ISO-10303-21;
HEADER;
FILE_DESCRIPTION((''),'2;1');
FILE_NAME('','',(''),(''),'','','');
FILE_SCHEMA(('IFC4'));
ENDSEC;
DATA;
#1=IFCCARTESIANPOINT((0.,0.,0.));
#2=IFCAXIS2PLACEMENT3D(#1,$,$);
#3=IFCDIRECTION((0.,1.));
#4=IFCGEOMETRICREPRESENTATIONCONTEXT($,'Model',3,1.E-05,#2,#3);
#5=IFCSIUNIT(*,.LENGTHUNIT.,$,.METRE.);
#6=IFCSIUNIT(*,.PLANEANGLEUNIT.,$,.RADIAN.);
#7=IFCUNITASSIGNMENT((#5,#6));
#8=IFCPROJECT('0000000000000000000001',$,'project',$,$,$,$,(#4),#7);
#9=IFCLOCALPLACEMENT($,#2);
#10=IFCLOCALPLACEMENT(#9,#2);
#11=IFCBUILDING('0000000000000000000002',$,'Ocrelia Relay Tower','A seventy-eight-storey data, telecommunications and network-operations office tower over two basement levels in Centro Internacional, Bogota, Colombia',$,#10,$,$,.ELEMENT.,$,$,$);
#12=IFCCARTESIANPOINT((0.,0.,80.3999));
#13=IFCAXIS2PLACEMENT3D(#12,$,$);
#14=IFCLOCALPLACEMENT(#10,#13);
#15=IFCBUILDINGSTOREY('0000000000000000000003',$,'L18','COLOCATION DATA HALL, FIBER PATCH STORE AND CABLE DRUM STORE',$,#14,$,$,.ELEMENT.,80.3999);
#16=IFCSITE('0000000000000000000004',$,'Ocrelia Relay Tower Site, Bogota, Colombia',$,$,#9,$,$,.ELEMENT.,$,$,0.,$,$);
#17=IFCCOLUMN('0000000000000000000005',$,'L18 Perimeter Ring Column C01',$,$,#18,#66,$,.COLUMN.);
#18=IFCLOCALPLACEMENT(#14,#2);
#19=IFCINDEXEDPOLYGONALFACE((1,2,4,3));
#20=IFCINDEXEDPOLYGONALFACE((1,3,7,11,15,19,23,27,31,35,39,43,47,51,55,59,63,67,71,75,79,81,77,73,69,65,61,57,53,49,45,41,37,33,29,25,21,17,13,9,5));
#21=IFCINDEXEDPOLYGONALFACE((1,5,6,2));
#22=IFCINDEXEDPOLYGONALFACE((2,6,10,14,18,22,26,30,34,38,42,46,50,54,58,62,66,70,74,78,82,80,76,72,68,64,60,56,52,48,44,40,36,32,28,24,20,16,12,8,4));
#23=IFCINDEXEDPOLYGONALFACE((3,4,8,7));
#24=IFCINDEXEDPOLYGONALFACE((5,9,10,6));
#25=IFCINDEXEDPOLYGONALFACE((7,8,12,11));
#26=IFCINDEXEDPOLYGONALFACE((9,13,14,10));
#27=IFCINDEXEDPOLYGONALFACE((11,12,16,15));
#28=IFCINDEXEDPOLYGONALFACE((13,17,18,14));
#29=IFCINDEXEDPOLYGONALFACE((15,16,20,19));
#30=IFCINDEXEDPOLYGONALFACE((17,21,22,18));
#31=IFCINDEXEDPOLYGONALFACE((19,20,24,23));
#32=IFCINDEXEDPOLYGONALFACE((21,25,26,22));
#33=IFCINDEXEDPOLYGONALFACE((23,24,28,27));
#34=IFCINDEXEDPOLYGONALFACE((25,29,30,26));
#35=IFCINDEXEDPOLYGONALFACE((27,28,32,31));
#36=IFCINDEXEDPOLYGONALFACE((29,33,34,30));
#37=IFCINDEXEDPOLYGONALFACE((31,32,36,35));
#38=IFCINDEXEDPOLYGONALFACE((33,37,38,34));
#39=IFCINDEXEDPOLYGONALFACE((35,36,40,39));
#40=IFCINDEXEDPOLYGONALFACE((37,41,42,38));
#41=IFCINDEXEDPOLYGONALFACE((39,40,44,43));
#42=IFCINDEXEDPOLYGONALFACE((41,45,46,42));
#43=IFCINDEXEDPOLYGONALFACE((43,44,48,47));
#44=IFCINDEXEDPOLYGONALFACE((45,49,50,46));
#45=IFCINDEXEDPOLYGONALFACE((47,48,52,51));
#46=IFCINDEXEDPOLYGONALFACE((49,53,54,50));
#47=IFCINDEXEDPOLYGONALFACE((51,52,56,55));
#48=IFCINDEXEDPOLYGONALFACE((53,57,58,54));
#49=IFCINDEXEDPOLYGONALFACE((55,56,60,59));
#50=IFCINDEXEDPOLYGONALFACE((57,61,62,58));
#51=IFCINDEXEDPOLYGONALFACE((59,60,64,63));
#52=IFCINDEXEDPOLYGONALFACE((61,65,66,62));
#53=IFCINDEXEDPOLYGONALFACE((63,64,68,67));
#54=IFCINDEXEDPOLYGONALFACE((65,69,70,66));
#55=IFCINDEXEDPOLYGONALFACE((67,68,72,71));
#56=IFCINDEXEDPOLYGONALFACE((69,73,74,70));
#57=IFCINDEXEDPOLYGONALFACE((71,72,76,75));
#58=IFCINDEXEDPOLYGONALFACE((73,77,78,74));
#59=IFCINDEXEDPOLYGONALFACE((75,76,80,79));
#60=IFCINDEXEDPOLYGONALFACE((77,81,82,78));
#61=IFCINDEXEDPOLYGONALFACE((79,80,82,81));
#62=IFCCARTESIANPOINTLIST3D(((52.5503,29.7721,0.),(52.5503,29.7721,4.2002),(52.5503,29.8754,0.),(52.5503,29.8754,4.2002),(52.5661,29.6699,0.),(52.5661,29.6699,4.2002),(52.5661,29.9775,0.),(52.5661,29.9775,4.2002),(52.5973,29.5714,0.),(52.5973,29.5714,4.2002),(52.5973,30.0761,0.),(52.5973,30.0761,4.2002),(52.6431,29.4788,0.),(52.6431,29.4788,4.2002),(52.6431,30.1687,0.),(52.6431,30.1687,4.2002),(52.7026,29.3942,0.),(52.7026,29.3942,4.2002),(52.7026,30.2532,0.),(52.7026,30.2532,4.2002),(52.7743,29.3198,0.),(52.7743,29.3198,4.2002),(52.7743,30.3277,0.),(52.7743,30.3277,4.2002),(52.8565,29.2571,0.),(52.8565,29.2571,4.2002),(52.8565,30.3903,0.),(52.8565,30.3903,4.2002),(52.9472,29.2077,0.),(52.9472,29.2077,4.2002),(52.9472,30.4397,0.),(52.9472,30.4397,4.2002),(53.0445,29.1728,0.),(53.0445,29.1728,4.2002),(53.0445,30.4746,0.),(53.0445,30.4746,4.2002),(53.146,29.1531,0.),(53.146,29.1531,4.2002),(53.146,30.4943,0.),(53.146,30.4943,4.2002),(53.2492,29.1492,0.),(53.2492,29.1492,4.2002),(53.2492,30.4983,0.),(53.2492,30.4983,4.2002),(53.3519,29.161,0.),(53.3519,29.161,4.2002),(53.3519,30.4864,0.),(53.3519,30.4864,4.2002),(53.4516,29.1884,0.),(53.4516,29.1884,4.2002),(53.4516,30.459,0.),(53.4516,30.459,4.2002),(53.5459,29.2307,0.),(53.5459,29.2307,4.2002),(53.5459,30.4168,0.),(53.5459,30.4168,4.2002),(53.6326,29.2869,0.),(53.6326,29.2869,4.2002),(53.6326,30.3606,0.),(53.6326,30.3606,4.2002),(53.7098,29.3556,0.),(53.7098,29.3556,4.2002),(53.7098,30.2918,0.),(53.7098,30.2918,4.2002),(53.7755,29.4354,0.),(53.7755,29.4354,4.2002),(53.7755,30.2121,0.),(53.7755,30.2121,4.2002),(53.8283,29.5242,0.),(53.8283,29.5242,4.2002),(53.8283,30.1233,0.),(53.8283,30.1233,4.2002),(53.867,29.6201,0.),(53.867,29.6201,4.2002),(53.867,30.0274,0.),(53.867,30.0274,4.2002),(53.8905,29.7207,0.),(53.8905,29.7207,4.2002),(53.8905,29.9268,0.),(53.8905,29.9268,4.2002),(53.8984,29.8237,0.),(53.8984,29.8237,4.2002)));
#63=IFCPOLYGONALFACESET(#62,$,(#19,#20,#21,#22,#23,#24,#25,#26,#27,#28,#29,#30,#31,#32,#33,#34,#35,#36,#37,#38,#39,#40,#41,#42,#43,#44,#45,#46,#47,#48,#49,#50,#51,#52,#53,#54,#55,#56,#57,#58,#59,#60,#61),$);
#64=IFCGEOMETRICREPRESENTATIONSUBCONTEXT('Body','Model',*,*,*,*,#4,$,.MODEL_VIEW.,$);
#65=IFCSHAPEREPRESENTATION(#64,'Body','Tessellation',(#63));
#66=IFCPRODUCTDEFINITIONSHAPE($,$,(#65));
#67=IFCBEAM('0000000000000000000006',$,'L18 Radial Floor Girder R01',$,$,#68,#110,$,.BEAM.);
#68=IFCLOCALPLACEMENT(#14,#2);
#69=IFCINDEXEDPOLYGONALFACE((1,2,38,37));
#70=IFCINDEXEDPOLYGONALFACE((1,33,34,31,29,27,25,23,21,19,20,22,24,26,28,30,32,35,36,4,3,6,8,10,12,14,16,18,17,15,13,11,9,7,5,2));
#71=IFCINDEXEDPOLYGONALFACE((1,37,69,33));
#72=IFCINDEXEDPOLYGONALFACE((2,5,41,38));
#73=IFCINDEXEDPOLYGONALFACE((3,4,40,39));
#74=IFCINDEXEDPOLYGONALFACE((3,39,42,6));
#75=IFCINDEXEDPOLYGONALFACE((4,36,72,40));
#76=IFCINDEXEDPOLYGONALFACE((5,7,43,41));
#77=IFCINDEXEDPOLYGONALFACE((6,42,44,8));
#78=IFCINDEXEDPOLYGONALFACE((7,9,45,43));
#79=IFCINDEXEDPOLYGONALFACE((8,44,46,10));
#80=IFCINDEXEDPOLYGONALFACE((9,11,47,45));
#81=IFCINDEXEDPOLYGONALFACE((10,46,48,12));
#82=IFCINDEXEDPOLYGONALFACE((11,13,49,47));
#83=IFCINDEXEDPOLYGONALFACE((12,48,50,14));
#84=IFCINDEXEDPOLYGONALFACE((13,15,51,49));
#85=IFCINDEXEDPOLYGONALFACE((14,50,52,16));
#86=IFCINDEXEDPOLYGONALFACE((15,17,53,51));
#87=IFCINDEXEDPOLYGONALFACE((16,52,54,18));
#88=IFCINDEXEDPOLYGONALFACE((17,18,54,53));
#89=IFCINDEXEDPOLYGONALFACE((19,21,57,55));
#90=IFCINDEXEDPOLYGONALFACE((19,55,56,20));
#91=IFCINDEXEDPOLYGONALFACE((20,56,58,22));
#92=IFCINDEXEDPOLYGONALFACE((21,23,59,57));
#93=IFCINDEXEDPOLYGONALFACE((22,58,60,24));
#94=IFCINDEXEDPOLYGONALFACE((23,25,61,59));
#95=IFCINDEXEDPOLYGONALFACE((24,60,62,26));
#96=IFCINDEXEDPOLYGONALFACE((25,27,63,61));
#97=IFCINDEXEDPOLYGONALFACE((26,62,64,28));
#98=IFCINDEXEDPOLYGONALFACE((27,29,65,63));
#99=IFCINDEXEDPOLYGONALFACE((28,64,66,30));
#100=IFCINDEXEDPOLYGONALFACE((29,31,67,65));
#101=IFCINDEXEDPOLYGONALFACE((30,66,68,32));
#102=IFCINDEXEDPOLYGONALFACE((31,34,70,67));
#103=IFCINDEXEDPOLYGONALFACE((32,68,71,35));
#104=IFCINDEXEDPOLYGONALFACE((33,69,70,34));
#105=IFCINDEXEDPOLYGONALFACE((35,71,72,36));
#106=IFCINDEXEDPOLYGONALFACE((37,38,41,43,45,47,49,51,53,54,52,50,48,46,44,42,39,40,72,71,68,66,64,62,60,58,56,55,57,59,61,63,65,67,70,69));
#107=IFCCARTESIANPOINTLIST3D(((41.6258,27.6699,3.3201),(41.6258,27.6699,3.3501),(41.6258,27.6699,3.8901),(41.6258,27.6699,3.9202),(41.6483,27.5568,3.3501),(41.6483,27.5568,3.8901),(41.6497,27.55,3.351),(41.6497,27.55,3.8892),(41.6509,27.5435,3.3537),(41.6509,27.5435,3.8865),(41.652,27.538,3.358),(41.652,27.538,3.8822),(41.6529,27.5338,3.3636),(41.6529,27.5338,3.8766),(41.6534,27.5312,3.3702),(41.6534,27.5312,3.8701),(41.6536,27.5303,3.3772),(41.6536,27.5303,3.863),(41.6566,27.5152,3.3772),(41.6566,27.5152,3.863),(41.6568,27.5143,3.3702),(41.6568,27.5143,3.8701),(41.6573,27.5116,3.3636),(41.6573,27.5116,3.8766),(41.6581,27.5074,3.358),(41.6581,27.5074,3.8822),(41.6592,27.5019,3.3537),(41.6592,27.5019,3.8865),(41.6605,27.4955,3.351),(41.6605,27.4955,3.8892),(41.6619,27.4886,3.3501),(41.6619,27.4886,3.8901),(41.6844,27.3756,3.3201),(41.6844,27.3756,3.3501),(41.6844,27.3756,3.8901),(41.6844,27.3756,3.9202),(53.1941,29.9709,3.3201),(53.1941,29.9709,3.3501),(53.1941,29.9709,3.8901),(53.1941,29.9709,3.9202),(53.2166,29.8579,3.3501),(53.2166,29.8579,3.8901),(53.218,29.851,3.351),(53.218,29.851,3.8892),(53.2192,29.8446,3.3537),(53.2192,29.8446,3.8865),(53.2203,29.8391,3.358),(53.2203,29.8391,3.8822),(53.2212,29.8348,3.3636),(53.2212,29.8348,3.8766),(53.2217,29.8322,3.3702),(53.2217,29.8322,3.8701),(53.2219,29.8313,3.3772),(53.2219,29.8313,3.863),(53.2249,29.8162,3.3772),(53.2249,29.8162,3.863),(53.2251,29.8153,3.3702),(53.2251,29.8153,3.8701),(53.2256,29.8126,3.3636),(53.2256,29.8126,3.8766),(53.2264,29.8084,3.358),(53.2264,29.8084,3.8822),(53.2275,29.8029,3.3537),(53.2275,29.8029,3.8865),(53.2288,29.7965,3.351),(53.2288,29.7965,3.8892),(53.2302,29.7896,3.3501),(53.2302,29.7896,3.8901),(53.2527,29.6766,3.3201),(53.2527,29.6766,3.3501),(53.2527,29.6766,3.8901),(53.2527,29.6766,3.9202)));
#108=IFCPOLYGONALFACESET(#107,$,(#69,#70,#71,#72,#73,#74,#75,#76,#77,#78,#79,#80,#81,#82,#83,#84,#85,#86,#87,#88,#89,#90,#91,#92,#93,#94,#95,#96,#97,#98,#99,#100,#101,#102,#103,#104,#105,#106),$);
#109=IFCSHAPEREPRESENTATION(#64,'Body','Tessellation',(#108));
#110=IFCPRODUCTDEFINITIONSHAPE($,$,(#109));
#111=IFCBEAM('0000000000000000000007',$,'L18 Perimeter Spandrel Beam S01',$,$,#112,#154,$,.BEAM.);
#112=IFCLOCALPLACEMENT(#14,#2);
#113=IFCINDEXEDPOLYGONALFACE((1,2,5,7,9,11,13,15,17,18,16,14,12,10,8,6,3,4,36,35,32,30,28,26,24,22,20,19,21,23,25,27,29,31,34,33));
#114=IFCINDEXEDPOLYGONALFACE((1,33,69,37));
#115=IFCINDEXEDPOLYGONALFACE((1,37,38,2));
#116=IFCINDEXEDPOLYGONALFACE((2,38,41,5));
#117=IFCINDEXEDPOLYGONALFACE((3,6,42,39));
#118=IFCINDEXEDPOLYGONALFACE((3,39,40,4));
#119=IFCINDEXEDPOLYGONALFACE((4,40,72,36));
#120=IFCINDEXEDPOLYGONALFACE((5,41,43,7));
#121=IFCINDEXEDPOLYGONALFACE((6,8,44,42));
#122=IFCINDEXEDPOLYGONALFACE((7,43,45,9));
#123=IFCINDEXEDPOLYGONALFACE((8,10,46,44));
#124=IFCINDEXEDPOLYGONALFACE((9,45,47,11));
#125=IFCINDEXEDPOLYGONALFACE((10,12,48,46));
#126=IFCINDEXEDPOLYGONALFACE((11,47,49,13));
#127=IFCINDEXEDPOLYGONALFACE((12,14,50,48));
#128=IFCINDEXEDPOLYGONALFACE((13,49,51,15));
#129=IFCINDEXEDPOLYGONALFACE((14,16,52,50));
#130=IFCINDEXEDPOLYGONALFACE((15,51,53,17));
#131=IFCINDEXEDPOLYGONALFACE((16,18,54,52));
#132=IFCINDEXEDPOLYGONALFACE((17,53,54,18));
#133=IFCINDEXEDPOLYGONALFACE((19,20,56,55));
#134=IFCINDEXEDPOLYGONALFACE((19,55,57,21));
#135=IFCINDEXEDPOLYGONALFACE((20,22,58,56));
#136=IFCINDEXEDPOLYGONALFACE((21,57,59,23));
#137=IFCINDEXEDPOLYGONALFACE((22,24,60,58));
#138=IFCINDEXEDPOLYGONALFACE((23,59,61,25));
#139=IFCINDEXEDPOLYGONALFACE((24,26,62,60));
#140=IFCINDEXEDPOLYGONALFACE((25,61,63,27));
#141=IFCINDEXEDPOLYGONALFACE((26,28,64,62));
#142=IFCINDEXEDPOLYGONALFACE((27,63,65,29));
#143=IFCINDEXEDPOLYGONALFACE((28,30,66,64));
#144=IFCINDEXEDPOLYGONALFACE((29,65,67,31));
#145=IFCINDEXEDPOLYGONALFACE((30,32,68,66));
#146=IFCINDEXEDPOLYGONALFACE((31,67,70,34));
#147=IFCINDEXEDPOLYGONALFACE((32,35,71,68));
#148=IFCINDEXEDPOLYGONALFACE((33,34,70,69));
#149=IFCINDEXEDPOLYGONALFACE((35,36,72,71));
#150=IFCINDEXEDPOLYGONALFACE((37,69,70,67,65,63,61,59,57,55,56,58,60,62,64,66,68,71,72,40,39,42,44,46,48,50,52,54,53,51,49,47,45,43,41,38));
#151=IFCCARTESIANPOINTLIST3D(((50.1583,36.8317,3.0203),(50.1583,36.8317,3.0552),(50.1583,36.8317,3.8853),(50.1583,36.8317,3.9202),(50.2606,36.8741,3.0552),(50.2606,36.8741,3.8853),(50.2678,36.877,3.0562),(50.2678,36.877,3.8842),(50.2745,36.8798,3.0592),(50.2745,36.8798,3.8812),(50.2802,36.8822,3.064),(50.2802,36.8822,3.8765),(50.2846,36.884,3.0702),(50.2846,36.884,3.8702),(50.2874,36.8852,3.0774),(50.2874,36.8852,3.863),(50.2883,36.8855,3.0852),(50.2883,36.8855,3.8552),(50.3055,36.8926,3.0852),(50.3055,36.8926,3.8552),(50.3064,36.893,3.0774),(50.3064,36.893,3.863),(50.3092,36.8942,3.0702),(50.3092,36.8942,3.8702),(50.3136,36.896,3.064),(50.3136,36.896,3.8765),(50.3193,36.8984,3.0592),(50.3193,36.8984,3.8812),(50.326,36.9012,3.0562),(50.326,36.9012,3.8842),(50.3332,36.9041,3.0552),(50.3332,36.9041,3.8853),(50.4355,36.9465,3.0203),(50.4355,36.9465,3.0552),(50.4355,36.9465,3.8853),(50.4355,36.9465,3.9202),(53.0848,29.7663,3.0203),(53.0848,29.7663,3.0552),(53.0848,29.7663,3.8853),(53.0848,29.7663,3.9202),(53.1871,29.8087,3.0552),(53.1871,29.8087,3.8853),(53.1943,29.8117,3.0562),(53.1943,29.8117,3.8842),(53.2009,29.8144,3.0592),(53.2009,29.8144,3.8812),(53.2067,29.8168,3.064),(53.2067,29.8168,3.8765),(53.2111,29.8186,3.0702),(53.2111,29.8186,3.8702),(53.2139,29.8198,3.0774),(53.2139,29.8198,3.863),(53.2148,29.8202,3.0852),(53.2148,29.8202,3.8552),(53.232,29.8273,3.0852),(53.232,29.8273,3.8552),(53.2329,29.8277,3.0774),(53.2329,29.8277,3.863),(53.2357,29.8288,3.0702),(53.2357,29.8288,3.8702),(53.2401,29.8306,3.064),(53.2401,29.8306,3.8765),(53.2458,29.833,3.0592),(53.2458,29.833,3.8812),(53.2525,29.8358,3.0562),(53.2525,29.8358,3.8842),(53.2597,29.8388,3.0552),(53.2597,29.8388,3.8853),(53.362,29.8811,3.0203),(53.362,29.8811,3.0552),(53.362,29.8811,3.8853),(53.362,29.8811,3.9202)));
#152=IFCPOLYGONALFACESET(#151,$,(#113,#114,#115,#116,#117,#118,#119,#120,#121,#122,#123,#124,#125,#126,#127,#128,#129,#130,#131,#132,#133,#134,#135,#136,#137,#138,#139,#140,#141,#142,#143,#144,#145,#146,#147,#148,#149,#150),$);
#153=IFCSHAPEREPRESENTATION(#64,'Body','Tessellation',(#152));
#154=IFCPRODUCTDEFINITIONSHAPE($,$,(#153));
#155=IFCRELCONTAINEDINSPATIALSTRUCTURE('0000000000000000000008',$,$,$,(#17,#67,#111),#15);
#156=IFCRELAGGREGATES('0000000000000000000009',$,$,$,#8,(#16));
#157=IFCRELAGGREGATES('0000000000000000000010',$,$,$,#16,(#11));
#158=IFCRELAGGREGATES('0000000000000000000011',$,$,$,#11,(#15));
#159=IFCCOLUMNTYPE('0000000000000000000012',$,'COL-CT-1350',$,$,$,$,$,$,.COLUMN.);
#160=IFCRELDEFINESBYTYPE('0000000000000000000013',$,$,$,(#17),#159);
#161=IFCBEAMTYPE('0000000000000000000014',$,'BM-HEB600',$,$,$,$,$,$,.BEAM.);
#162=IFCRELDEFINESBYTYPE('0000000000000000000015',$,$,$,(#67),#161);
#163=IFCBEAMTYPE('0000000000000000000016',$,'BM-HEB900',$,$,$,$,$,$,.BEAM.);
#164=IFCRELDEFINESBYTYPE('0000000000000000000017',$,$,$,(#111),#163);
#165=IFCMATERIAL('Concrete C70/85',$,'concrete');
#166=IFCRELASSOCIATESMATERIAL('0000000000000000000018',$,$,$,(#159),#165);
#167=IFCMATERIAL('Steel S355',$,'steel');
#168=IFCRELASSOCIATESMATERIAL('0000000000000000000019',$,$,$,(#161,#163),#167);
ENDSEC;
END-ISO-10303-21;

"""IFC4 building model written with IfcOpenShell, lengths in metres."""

from ifc_helpers import new_model, si_unit, direction, frame, origin, origin_2d, place, context, subcontext, project, spatial, circle, i_section, extrude, material, material_profile, profile_set, type_object, element, save


model = new_model("IFC4")

# Units and contexts
model_context = context("Model", 3, precision=1e-05, world=origin(), true_north=direction((0.0, 1.0)))
body_context = subcontext(model_context, "Body", "Model", "MODEL_VIEW")
ifc_project = project(units=[si_unit("LENGTHUNIT", "METRE"), si_unit("PLANEANGLEUNIT", "RADIAN")], contexts=[model_context])

# Site, building, storey
site_placement = place(None, origin())
site = spatial("IfcSite", under=ifc_project, at=site_placement, Name="Ocrelia Relay Tower Site, Bogota, Colombia", CompositionType="ELEMENT", RefElevation=0.0)
building_placement = place(site_placement, origin())
building = spatial("IfcBuilding", under=site, at=building_placement, Name="Ocrelia Relay Tower", Description="A seventy-eight-storey data, telecommunications and network-operations office tower over two basement levels in Centro Internacional, Bogota, Colombia", CompositionType="ELEMENT")
storey_placement = place(building_placement, frame((0.0, 0.0, 80.3999)))
storey = spatial("IfcBuildingStorey", under=building, at=storey_placement, Name="L18", Description="COLOCATION DATA HALL, FIBER PATCH STORE AND CABLE DRUM STORE", CompositionType="ELEMENT", Elevation=80.3999)

# Column
ifc_material_1 = material(Name="Concrete C70/85", Category="concrete")
ifc_material_profile_1 = material_profile(ifc_material_1, circle(Radius=0.675, at=origin_2d()), Name="RC-CIR-1350")
ifc_profile_set_1 = profile_set([ifc_material_profile_1], Name="Concrete C70/85")
column_type = type_object("IfcColumnType", Name="COL-CT-1350", PredefinedType="COLUMN", material=ifc_profile_set_1)
column_placement = place(storey_placement, frame((53.2234, 29.8237, 0.0), z_axis=(0.0, 0.0, 1.0), x_axis=(1.0, 0.0, 0.0)))
element("IfcColumn", 1, at=column_placement, inside=storey, type_object=column_type, Name="L18 Perimeter Ring Column C01", PredefinedType="COLUMN", context=body_context, shape_type="SweptSolid", body=[
    extrude(circle(Radius=0.675, at=origin_2d()), origin(), (0.0, 0.0, 1.0), 4.2002),
])

# Beams
ifc_material_2 = material(Name="Steel S355", Category="steel")
ifc_material_profile_2 = material_profile(ifc_material_2, i_section(OverallWidth=0.3, OverallDepth=0.6001, WebThickness=0.0154, FlangeThickness=0.03, FilletRadius=0.0271, at=origin_2d()), Name="HEB 600")
ifc_profile_set_2 = profile_set([ifc_material_profile_2], Name="Steel S355")
beam_type_1 = type_object("IfcBeamType", Name="BM-HEB600", PredefinedType="BEAM", material=ifc_profile_set_2)
beam_1_placement = place(storey_placement, frame((53.2234, 29.8237, 3.6201), z_axis=(-0.980786, -0.195085, 0.0), x_axis=(0.195085, -0.980786, 0.0)))
element("IfcBeam", 2, at=beam_1_placement, inside=storey, type_object=beam_type_1, Name="L18 Radial Floor Girder R01", PredefinedType="BEAM", context=body_context, shape_type="SweptSolid", body=[
    extrude(i_section(OverallWidth=0.3, OverallDepth=0.6001, WebThickness=0.0154, FlangeThickness=0.03, FilletRadius=0.0271, at=origin_2d()), origin(), (0.0, 0.0, 1.0), 11.7949),
])
ifc_material_profile_3 = material_profile(ifc_material_2, i_section(OverallWidth=0.3, OverallDepth=0.8999, WebThickness=0.0186, FlangeThickness=0.0349, FilletRadius=0.03, at=origin_2d()), Name="HEB 900")
ifc_profile_set_3 = profile_set([ifc_material_profile_3], Name="Steel S355")
beam_type_2 = type_object("IfcBeamType", Name="BM-HEB900", PredefinedType="BEAM", material=ifc_profile_set_3)
beam_2_placement = place(storey_placement, frame((53.2234, 29.8237, 3.4702), z_axis=(-0.382674, 0.923883, 0.0), x_axis=(-0.923883, -0.382674, 0.0)))
element("IfcBeam", 3, at=beam_2_placement, inside=storey, type_object=beam_type_2, Name="L18 Perimeter Spandrel Beam S01", PredefinedType="BEAM", context=body_context, shape_type="SweptSolid", body=[
    extrude(i_section(OverallWidth=0.3, OverallDepth=0.8999, WebThickness=0.0186, FlangeThickness=0.0349, FilletRadius=0.03, at=origin_2d()), origin(), (0.0, 0.0, 1.0), 7.6475),
])

save(model, "model.ifc")
